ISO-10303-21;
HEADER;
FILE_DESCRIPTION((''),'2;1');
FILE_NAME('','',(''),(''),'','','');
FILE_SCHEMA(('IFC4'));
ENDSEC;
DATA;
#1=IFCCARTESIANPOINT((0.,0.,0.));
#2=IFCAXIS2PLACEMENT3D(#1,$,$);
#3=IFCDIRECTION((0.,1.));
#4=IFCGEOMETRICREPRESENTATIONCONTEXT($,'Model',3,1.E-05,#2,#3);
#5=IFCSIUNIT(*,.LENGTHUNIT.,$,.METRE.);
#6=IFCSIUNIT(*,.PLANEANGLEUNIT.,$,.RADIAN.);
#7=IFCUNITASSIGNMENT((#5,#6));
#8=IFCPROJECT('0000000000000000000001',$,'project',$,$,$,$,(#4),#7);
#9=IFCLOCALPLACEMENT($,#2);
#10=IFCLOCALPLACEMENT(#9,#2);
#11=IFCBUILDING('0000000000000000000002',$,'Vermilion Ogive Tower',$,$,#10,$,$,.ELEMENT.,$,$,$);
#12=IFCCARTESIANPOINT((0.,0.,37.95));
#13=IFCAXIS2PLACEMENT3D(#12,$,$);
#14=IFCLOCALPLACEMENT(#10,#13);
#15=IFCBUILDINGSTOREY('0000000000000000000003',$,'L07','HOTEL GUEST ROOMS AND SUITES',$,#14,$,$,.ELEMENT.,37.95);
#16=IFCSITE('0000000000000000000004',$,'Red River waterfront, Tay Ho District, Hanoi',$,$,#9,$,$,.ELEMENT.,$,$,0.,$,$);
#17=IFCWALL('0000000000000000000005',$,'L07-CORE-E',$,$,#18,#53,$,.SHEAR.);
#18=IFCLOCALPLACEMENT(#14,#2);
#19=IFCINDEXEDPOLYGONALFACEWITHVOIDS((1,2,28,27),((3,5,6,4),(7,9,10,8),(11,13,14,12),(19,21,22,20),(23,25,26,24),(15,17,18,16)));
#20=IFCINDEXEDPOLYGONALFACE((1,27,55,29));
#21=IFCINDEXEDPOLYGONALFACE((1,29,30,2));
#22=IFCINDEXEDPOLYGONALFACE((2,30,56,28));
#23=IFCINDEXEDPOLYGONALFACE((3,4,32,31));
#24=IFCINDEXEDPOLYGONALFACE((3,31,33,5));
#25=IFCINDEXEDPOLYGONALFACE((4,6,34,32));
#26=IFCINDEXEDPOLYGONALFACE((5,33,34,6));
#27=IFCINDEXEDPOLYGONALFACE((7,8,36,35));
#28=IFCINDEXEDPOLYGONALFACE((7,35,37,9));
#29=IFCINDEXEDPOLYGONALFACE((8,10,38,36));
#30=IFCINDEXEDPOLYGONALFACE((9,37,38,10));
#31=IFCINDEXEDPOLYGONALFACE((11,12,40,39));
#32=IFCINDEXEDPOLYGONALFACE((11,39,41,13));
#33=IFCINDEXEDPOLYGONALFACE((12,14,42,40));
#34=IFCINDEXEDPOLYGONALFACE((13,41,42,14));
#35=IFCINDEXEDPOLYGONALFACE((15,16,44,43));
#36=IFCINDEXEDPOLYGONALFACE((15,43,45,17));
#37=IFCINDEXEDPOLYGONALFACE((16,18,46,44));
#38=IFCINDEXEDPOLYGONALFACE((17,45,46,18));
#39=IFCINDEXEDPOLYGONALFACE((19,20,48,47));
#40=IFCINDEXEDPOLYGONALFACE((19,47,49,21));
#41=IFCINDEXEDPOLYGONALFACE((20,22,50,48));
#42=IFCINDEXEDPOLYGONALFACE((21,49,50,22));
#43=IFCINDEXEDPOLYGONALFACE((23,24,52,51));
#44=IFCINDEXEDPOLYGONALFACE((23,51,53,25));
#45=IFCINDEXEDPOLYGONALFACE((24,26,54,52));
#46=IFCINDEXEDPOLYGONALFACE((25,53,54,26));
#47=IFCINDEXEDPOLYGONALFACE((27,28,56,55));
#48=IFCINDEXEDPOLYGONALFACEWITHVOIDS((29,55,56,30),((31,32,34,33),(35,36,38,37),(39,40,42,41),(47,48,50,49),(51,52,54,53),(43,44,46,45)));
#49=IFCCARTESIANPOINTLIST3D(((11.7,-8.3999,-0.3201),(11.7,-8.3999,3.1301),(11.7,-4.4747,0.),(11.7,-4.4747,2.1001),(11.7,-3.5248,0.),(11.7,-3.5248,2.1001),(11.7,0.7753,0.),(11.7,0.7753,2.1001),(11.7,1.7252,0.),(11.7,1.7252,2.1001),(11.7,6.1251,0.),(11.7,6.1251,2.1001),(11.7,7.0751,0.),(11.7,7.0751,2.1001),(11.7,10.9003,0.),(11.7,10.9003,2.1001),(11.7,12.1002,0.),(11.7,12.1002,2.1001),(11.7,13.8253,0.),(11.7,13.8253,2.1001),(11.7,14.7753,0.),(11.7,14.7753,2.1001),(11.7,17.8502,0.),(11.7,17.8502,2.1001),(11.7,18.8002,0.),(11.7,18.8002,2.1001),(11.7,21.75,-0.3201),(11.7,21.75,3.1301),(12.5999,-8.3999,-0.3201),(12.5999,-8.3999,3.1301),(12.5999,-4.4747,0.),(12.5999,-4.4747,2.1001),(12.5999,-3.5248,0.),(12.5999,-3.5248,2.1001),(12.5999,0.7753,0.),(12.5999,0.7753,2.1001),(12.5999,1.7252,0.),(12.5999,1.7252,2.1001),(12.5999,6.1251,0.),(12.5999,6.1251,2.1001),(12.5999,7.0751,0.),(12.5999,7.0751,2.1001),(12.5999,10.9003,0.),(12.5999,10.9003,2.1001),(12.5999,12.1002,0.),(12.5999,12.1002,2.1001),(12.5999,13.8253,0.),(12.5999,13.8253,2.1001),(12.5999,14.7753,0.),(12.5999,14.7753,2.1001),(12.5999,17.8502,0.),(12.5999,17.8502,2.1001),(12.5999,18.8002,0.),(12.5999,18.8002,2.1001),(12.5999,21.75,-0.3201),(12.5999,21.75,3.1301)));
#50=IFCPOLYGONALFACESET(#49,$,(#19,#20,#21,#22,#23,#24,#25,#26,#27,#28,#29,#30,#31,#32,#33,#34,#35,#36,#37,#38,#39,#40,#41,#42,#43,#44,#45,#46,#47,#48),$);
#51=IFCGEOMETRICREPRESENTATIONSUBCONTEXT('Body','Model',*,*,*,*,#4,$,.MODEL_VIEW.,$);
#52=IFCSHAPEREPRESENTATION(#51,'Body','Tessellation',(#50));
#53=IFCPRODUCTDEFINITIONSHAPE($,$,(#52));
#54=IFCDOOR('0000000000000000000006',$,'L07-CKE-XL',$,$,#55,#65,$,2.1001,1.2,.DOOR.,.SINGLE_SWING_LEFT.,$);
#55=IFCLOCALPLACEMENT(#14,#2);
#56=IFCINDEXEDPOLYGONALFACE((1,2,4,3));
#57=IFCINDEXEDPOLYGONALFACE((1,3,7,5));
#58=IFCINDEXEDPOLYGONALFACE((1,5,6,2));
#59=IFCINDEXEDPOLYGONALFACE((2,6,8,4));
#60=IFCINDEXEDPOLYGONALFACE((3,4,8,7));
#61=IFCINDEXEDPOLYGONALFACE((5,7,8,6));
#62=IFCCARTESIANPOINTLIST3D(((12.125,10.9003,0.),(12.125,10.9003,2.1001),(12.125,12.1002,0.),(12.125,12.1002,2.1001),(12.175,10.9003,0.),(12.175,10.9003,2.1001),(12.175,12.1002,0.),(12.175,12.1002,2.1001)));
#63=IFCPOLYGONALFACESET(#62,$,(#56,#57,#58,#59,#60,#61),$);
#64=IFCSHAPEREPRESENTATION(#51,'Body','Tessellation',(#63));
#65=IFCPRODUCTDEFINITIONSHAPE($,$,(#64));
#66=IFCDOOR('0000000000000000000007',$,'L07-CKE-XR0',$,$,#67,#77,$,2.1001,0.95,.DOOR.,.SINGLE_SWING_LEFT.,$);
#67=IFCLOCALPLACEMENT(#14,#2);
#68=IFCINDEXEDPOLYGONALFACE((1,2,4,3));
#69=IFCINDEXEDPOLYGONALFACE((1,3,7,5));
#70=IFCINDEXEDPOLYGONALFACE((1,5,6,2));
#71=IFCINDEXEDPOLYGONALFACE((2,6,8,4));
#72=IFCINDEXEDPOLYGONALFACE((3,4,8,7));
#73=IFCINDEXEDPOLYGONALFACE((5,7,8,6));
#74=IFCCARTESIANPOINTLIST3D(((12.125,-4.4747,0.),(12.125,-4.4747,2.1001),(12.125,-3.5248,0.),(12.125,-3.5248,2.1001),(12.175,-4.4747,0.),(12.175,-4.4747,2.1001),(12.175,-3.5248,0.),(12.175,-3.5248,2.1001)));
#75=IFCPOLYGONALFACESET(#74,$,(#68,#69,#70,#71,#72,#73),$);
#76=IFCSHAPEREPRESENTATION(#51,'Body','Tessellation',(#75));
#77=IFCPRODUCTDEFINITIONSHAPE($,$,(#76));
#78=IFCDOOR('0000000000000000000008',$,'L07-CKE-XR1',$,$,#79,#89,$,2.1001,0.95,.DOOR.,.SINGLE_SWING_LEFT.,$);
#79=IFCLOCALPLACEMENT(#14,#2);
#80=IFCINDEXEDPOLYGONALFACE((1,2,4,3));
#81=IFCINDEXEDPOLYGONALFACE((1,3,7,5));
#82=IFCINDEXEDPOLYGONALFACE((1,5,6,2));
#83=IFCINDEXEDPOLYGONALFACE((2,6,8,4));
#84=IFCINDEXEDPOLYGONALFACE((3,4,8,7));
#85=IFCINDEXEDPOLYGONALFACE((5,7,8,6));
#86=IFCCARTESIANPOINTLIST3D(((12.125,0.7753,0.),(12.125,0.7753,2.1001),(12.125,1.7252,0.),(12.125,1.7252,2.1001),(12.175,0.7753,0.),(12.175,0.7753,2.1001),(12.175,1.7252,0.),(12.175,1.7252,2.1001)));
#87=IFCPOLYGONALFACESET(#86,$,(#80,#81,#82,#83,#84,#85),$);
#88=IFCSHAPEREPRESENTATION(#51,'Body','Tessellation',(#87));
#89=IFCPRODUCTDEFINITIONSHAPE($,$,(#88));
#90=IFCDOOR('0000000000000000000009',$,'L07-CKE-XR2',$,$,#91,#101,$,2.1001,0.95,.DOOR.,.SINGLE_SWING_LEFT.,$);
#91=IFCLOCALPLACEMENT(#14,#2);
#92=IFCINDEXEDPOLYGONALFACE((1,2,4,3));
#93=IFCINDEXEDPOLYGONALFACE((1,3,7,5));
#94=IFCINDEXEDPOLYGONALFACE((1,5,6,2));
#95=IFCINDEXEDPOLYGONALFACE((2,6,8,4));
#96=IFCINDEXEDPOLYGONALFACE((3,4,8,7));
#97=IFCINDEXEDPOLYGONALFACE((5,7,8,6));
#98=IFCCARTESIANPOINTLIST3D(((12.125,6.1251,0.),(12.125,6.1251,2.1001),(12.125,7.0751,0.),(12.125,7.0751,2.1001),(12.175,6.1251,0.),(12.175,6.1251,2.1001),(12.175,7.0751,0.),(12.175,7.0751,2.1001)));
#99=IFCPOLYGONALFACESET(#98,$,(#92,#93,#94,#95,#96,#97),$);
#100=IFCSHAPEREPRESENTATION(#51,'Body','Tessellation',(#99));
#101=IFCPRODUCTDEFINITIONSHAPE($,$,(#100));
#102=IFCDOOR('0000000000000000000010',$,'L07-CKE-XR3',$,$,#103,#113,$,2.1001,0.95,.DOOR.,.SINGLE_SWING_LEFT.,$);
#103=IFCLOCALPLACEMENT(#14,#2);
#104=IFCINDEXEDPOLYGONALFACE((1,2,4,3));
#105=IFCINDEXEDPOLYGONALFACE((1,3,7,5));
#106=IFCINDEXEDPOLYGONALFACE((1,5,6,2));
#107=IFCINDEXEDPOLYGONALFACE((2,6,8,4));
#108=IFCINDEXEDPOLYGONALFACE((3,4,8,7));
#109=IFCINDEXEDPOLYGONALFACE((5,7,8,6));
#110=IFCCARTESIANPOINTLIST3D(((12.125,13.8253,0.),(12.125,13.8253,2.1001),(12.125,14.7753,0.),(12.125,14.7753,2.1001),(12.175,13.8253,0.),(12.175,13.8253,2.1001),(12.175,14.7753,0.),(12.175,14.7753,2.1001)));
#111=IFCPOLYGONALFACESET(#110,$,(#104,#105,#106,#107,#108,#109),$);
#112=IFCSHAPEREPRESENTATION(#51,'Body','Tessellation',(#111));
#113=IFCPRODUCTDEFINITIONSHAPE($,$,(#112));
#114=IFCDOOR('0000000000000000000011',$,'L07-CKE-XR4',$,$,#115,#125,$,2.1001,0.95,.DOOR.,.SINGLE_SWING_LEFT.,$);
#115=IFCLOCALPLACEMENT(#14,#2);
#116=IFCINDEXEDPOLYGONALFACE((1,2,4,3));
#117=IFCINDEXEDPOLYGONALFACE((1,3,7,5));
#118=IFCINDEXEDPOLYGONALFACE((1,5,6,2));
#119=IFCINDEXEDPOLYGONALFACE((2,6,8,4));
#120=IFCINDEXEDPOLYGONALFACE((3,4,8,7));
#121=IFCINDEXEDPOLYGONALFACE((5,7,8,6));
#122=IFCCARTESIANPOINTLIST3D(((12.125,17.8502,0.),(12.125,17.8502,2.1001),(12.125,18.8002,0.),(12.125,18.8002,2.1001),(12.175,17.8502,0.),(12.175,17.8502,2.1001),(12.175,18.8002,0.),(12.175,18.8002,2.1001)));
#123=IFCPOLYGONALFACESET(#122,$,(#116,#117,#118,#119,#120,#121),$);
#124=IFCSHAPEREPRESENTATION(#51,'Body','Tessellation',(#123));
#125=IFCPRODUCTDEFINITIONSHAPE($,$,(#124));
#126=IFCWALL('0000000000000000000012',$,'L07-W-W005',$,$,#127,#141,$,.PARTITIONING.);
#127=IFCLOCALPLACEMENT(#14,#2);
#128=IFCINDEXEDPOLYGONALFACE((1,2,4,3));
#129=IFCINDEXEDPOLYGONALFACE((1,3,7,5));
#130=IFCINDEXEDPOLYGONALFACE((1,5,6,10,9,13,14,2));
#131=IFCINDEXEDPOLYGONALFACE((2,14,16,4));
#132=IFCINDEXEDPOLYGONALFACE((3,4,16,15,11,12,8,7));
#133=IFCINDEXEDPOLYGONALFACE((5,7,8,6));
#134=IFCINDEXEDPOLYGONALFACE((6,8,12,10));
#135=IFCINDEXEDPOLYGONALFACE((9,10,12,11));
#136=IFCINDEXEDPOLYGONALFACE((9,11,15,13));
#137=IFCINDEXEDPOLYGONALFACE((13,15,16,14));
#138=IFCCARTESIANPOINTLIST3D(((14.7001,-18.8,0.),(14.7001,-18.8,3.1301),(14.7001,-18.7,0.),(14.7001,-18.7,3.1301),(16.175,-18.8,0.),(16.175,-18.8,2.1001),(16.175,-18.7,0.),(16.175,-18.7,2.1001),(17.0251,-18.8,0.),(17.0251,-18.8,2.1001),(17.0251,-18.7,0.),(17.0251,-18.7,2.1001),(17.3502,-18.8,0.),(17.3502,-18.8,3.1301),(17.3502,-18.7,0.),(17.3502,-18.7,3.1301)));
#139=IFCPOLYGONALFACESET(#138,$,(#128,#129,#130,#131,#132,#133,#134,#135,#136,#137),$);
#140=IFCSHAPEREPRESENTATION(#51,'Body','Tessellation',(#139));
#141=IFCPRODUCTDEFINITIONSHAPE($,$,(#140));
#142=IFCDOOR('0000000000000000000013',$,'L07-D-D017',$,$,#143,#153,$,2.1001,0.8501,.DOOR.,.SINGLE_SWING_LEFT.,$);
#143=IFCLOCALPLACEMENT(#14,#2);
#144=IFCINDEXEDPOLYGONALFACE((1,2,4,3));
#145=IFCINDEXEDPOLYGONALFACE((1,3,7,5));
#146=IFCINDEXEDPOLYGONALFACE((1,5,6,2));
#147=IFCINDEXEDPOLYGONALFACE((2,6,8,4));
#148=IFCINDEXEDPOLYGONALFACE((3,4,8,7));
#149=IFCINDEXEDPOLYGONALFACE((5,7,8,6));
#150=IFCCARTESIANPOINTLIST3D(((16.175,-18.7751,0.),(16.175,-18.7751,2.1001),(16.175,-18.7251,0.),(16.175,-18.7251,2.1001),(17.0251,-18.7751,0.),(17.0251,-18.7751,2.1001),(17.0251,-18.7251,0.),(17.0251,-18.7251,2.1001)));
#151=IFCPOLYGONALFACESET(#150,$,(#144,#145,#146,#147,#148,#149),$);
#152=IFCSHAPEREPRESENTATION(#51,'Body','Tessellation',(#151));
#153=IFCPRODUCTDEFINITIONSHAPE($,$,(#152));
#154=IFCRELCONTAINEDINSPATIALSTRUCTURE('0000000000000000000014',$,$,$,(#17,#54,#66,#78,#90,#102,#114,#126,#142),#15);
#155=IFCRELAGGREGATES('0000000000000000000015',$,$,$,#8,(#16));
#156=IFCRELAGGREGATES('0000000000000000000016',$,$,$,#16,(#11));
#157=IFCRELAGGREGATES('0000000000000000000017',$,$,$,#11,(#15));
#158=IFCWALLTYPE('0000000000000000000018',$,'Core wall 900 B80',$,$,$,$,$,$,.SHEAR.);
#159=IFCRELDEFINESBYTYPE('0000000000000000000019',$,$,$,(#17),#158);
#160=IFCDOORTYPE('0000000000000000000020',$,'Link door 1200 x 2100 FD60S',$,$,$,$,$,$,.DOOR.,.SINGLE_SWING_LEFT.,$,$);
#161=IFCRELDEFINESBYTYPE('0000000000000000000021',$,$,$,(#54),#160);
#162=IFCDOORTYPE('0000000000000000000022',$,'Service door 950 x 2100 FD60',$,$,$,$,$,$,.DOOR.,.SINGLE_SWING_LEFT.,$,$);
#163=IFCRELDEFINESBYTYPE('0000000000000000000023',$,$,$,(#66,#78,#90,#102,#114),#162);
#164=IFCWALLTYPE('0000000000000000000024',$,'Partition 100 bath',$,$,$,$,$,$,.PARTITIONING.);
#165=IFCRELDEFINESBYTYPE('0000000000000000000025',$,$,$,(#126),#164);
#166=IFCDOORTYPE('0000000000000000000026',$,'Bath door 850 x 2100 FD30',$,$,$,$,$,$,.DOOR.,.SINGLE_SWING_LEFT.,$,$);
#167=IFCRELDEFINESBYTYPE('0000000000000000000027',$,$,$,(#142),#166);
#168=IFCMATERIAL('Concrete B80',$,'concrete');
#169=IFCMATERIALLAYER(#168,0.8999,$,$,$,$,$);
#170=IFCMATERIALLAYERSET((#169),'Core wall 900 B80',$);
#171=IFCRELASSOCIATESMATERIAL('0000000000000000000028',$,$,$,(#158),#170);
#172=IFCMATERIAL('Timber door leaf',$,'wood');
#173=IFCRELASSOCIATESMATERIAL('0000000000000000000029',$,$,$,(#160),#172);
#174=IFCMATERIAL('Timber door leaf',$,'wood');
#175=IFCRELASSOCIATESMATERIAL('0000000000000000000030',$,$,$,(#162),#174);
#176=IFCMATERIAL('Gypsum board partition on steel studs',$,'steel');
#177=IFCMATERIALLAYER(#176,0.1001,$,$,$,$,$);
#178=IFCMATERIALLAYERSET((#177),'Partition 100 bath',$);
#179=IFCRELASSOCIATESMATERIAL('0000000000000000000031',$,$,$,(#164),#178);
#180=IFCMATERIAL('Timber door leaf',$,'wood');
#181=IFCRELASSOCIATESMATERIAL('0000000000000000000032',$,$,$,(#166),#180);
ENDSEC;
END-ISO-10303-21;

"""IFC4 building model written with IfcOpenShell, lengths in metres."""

from ifc_helpers import new_model, si_unit, direction, frame, frame_2d, origin, place, context, subcontext, project, spatial, rectangle, extrude, material, layer, layer_set, type_object, element, fill, save


model = new_model("IFC4")

# Units and contexts
model_context = context("Model", 3, precision=1e-05, world=origin(), true_north=direction((0.0, 1.0)))
body_context = subcontext(model_context, "Body", "Model", "MODEL_VIEW")
ifc_project = project(units=[si_unit("LENGTHUNIT", "METRE"), si_unit("PLANEANGLEUNIT", "RADIAN")], contexts=[model_context])

# Site, building, storey
site_placement = place(None, origin())
site = spatial("IfcSite", under=ifc_project, at=site_placement, Name="Red River waterfront, Tay Ho District, Hanoi", CompositionType="ELEMENT", RefElevation=0.0)
building_placement = place(site_placement, origin())
building = spatial("IfcBuilding", under=site, at=building_placement, Name="Vermilion Ogive Tower", CompositionType="ELEMENT")
storey_placement = place(building_placement, frame((0.0, 0.0, 37.95)))
storey = spatial("IfcBuildingStorey", under=building, at=storey_placement, Name="L07", Description="HOTEL GUEST ROOMS AND SUITES", CompositionType="ELEMENT", Elevation=37.95)

# Wall, openings, doors
ifc_material_1 = material(Name="Concrete B80", Category="concrete")
ifc_layer_1 = layer(ifc_material_1, 0.8999)
ifc_layer_set_1 = layer_set([ifc_layer_1], Name="Core wall 900 B80")
wall_type_1 = type_object("IfcWallType", Name="Core wall 900 B80", PredefinedType="SHEAR", material=ifc_layer_set_1)
wall_1_placement = place(storey_placement, frame((12.1499, -8.3999, -0.3201), z_axis=(0.0, 0.0, 1.0), x_axis=(0.0, 1.0, 0.0)))
wall_1 = element("IfcWall", 1, at=wall_1_placement, inside=storey, type_object=wall_type_1, Name="L07-CORE-E", PredefinedType="SHEAR", context=body_context, shape_type="SweptSolid", body=[
    extrude(rectangle(XDim=30.1499, YDim=0.8999, at=frame_2d((15.075, 0.0))), origin(), (0.0, 0.0, 1.0), 3.4502),
])
opening_1_placement = place(wall_1_placement, frame((3.925, 0.0, 0.3201)))
opening_1 = element("IfcOpeningElement", 2, at=opening_1_placement, cuts=wall_1, PredefinedType="OPENING", context=body_context, shape_type="SweptSolid", body=[
    extrude(rectangle(XDim=0.95, YDim=2.1001, at=frame_2d((0.4751, 1.05))), frame((0.0, 0.46, 0.0), z_axis=(0.0, -1.0, 0.0), x_axis=(1.0, 0.0, 0.0)), (0.0, 0.0, 1.0), 0.9199),
])
opening_2_placement = place(wall_1_placement, frame((9.175, 0.0, 0.3201)))
opening_2 = element("IfcOpeningElement", 3, at=opening_2_placement, cuts=wall_1, PredefinedType="OPENING", context=body_context, shape_type="SweptSolid", body=[
    extrude(rectangle(XDim=0.95, YDim=2.1001, at=frame_2d((0.4751, 1.05))), frame((0.0, 0.46, 0.0), z_axis=(0.0, -1.0, 0.0), x_axis=(1.0, 0.0, 0.0)), (0.0, 0.0, 1.0), 0.9199),
])
opening_3_placement = place(wall_1_placement, frame((14.5249, 0.0, 0.3201)))
opening_3 = element("IfcOpeningElement", 4, at=opening_3_placement, cuts=wall_1, PredefinedType="OPENING", context=body_context, shape_type="SweptSolid", body=[
    extrude(rectangle(XDim=0.95, YDim=2.1001, at=frame_2d((0.4751, 1.05))), frame((0.0, 0.46, 0.0), z_axis=(0.0, -1.0, 0.0), x_axis=(1.0, 0.0, 0.0)), (0.0, 0.0, 1.0), 0.9199),
])
opening_4_placement = place(wall_1_placement, frame((22.2251, 0.0, 0.3201)))
opening_4 = element("IfcOpeningElement", 5, at=opening_4_placement, cuts=wall_1, PredefinedType="OPENING", context=body_context, shape_type="SweptSolid", body=[
    extrude(rectangle(XDim=0.95, YDim=2.1001, at=frame_2d((0.4751, 1.05))), frame((0.0, 0.46, 0.0), z_axis=(0.0, -1.0, 0.0), x_axis=(1.0, 0.0, 0.0)), (0.0, 0.0, 1.0), 0.9199),
])
opening_5_placement = place(wall_1_placement, frame((26.25, 0.0, 0.3201)))
opening_5 = element("IfcOpeningElement", 6, at=opening_5_placement, cuts=wall_1, PredefinedType="OPENING", context=body_context, shape_type="SweptSolid", body=[
    extrude(rectangle(XDim=0.95, YDim=2.1001, at=frame_2d((0.4751, 1.05))), frame((0.0, 0.46, 0.0), z_axis=(0.0, -1.0, 0.0), x_axis=(1.0, 0.0, 0.0)), (0.0, 0.0, 1.0), 0.9199),
])
opening_6_placement = place(wall_1_placement, frame((19.3, 0.0, 0.3201)))
opening_6 = element("IfcOpeningElement", 7, at=opening_6_placement, cuts=wall_1, PredefinedType="OPENING", context=body_context, shape_type="SweptSolid", body=[
    extrude(rectangle(XDim=1.2, YDim=2.1001, at=frame_2d((0.6001, 1.05))), frame((0.0, 0.46, 0.0), z_axis=(0.0, -1.0, 0.0), x_axis=(1.0, 0.0, 0.0)), (0.0, 0.0, 1.0), 0.9199),
])
ifc_material_2 = material(Name="Timber door leaf", Category="wood")
door_type_1 = type_object("IfcDoorType", Name="Link door 1200 x 2100 FD60S", OperationType="SINGLE_SWING_LEFT", PredefinedType="DOOR", material=ifc_material_2)
door_1_placement = place(opening_6_placement, origin())
door_1 = element("IfcDoor", 8, at=door_1_placement, inside=storey, type_object=door_type_1, Name="L07-CKE-XL", OperationType="SINGLE_SWING_LEFT", OverallHeight=2.1001, OverallWidth=1.2, PredefinedType="DOOR", context=body_context, shape_type="SweptSolid", body=[
    extrude(rectangle(XDim=1.2, YDim=2.1001, at=frame_2d((0.6001, 1.05))), frame((0.0, 0.0249, 0.0), z_axis=(0.0, -1.0, 0.0), x_axis=(1.0, 0.0, 0.0)), (0.0, 0.0, 1.0), 0.05),
])
fill(opening_6, door_1)
ifc_material_3 = material(Name="Timber door leaf", Category="wood")
door_type_2 = type_object("IfcDoorType", Name="Service door 950 x 2100 FD60", OperationType="SINGLE_SWING_LEFT", PredefinedType="DOOR", material=ifc_material_3)
door_2_placement = place(opening_1_placement, origin())
door_2 = element("IfcDoor", 9, at=door_2_placement, inside=storey, type_object=door_type_2, Name="L07-CKE-XR0", OperationType="SINGLE_SWING_LEFT", OverallHeight=2.1001, OverallWidth=0.95, PredefinedType="DOOR", context=body_context, shape_type="SweptSolid", body=[
    extrude(rectangle(XDim=0.95, YDim=2.1001, at=frame_2d((0.4751, 1.05))), frame((0.0, 0.0249, 0.0), z_axis=(0.0, -1.0, 0.0), x_axis=(1.0, 0.0, 0.0)), (0.0, 0.0, 1.0), 0.05),
])
fill(opening_1, door_2)
door_3_placement = place(opening_2_placement, origin())
door_3 = element("IfcDoor", 10, at=door_3_placement, inside=storey, type_object=door_type_2, Name="L07-CKE-XR1", OperationType="SINGLE_SWING_LEFT", OverallHeight=2.1001, OverallWidth=0.95, PredefinedType="DOOR", context=body_context, shape_type="SweptSolid", body=[
    extrude(rectangle(XDim=0.95, YDim=2.1001, at=frame_2d((0.4751, 1.05))), frame((0.0, 0.0249, 0.0), z_axis=(0.0, -1.0, 0.0), x_axis=(1.0, 0.0, 0.0)), (0.0, 0.0, 1.0), 0.05),
])
fill(opening_2, door_3)
door_4_placement = place(opening_3_placement, origin())
door_4 = element("IfcDoor", 11, at=door_4_placement, inside=storey, type_object=door_type_2, Name="L07-CKE-XR2", OperationType="SINGLE_SWING_LEFT", OverallHeight=2.1001, OverallWidth=0.95, PredefinedType="DOOR", context=body_context, shape_type="SweptSolid", body=[
    extrude(rectangle(XDim=0.95, YDim=2.1001, at=frame_2d((0.4751, 1.05))), frame((0.0, 0.0249, 0.0), z_axis=(0.0, -1.0, 0.0), x_axis=(1.0, 0.0, 0.0)), (0.0, 0.0, 1.0), 0.05),
])
fill(opening_3, door_4)
door_5_placement = place(opening_4_placement, origin())
door_5 = element("IfcDoor", 12, at=door_5_placement, inside=storey, type_object=door_type_2, Name="L07-CKE-XR3", OperationType="SINGLE_SWING_LEFT", OverallHeight=2.1001, OverallWidth=0.95, PredefinedType="DOOR", context=body_context, shape_type="SweptSolid", body=[
    extrude(rectangle(XDim=0.95, YDim=2.1001, at=frame_2d((0.4751, 1.05))), frame((0.0, 0.0249, 0.0), z_axis=(0.0, -1.0, 0.0), x_axis=(1.0, 0.0, 0.0)), (0.0, 0.0, 1.0), 0.05),
])
fill(opening_4, door_5)
door_6_placement = place(opening_5_placement, origin())
door_6 = element("IfcDoor", 13, at=door_6_placement, inside=storey, type_object=door_type_2, Name="L07-CKE-XR4", OperationType="SINGLE_SWING_LEFT", OverallHeight=2.1001, OverallWidth=0.95, PredefinedType="DOOR", context=body_context, shape_type="SweptSolid", body=[
    extrude(rectangle(XDim=0.95, YDim=2.1001, at=frame_2d((0.4751, 1.05))), frame((0.0, 0.0249, 0.0), z_axis=(0.0, -1.0, 0.0), x_axis=(1.0, 0.0, 0.0)), (0.0, 0.0, 1.0), 0.05),
])
fill(opening_5, door_6)

# Wall, opening, door
ifc_material_4 = material(Name="Gypsum board partition on steel studs", Category="steel")
ifc_layer_2 = layer(ifc_material_4, 0.1001)
ifc_layer_set_2 = layer_set([ifc_layer_2], Name="Partition 100 bath")
wall_type_2 = type_object("IfcWallType", Name="Partition 100 bath", PredefinedType="PARTITIONING", material=ifc_layer_set_2)
wall_2_placement = place(storey_placement, frame((14.7, -18.75, 0.0), z_axis=(0.0, 0.0, 1.0), x_axis=(1.0, 0.0, 0.0)))
wall_2 = element("IfcWall", 14, at=wall_2_placement, inside=storey, type_object=wall_type_2, Name="L07-W-W005", PredefinedType="PARTITIONING", context=body_context, shape_type="SweptSolid", body=[
    extrude(rectangle(XDim=2.6501, YDim=0.1001, at=frame_2d((1.3252, 0.0))), origin(), (0.0, 0.0, 1.0), 3.1301),
])
opening_7_placement = place(wall_2_placement, frame((1.4751, 0.0, 0.0)))
opening_7 = element("IfcOpeningElement", 15, at=opening_7_placement, cuts=wall_2, PredefinedType="OPENING", context=body_context, shape_type="SweptSolid", body=[
    extrude(rectangle(XDim=0.8501, YDim=2.1001, at=frame_2d((0.425, 1.05))), frame((0.0, 0.0601, 0.0), z_axis=(0.0, -1.0, 0.0), x_axis=(1.0, 0.0, 0.0)), (0.0, 0.0, 1.0), 0.1201),
])
ifc_material_5 = material(Name="Timber door leaf", Category="wood")
door_type_3 = type_object("IfcDoorType", Name="Bath door 850 x 2100 FD30", OperationType="SINGLE_SWING_LEFT", PredefinedType="DOOR", material=ifc_material_5)
door_7_placement = place(opening_7_placement, origin())
door_7 = element("IfcDoor", 16, at=door_7_placement, inside=storey, type_object=door_type_3, Name="L07-D-D017", OperationType="SINGLE_SWING_LEFT", OverallHeight=2.1001, OverallWidth=0.8501, PredefinedType="DOOR", context=body_context, shape_type="SweptSolid", body=[
    extrude(rectangle(XDim=0.8501, YDim=2.1001, at=frame_2d((0.425, 1.05))), frame((0.0, 0.0249, 0.0), z_axis=(0.0, -1.0, 0.0), x_axis=(1.0, 0.0, 0.0)), (0.0, 0.0, 1.0), 0.05),
])
fill(opening_7, door_7)

save(model, "model.ifc")
